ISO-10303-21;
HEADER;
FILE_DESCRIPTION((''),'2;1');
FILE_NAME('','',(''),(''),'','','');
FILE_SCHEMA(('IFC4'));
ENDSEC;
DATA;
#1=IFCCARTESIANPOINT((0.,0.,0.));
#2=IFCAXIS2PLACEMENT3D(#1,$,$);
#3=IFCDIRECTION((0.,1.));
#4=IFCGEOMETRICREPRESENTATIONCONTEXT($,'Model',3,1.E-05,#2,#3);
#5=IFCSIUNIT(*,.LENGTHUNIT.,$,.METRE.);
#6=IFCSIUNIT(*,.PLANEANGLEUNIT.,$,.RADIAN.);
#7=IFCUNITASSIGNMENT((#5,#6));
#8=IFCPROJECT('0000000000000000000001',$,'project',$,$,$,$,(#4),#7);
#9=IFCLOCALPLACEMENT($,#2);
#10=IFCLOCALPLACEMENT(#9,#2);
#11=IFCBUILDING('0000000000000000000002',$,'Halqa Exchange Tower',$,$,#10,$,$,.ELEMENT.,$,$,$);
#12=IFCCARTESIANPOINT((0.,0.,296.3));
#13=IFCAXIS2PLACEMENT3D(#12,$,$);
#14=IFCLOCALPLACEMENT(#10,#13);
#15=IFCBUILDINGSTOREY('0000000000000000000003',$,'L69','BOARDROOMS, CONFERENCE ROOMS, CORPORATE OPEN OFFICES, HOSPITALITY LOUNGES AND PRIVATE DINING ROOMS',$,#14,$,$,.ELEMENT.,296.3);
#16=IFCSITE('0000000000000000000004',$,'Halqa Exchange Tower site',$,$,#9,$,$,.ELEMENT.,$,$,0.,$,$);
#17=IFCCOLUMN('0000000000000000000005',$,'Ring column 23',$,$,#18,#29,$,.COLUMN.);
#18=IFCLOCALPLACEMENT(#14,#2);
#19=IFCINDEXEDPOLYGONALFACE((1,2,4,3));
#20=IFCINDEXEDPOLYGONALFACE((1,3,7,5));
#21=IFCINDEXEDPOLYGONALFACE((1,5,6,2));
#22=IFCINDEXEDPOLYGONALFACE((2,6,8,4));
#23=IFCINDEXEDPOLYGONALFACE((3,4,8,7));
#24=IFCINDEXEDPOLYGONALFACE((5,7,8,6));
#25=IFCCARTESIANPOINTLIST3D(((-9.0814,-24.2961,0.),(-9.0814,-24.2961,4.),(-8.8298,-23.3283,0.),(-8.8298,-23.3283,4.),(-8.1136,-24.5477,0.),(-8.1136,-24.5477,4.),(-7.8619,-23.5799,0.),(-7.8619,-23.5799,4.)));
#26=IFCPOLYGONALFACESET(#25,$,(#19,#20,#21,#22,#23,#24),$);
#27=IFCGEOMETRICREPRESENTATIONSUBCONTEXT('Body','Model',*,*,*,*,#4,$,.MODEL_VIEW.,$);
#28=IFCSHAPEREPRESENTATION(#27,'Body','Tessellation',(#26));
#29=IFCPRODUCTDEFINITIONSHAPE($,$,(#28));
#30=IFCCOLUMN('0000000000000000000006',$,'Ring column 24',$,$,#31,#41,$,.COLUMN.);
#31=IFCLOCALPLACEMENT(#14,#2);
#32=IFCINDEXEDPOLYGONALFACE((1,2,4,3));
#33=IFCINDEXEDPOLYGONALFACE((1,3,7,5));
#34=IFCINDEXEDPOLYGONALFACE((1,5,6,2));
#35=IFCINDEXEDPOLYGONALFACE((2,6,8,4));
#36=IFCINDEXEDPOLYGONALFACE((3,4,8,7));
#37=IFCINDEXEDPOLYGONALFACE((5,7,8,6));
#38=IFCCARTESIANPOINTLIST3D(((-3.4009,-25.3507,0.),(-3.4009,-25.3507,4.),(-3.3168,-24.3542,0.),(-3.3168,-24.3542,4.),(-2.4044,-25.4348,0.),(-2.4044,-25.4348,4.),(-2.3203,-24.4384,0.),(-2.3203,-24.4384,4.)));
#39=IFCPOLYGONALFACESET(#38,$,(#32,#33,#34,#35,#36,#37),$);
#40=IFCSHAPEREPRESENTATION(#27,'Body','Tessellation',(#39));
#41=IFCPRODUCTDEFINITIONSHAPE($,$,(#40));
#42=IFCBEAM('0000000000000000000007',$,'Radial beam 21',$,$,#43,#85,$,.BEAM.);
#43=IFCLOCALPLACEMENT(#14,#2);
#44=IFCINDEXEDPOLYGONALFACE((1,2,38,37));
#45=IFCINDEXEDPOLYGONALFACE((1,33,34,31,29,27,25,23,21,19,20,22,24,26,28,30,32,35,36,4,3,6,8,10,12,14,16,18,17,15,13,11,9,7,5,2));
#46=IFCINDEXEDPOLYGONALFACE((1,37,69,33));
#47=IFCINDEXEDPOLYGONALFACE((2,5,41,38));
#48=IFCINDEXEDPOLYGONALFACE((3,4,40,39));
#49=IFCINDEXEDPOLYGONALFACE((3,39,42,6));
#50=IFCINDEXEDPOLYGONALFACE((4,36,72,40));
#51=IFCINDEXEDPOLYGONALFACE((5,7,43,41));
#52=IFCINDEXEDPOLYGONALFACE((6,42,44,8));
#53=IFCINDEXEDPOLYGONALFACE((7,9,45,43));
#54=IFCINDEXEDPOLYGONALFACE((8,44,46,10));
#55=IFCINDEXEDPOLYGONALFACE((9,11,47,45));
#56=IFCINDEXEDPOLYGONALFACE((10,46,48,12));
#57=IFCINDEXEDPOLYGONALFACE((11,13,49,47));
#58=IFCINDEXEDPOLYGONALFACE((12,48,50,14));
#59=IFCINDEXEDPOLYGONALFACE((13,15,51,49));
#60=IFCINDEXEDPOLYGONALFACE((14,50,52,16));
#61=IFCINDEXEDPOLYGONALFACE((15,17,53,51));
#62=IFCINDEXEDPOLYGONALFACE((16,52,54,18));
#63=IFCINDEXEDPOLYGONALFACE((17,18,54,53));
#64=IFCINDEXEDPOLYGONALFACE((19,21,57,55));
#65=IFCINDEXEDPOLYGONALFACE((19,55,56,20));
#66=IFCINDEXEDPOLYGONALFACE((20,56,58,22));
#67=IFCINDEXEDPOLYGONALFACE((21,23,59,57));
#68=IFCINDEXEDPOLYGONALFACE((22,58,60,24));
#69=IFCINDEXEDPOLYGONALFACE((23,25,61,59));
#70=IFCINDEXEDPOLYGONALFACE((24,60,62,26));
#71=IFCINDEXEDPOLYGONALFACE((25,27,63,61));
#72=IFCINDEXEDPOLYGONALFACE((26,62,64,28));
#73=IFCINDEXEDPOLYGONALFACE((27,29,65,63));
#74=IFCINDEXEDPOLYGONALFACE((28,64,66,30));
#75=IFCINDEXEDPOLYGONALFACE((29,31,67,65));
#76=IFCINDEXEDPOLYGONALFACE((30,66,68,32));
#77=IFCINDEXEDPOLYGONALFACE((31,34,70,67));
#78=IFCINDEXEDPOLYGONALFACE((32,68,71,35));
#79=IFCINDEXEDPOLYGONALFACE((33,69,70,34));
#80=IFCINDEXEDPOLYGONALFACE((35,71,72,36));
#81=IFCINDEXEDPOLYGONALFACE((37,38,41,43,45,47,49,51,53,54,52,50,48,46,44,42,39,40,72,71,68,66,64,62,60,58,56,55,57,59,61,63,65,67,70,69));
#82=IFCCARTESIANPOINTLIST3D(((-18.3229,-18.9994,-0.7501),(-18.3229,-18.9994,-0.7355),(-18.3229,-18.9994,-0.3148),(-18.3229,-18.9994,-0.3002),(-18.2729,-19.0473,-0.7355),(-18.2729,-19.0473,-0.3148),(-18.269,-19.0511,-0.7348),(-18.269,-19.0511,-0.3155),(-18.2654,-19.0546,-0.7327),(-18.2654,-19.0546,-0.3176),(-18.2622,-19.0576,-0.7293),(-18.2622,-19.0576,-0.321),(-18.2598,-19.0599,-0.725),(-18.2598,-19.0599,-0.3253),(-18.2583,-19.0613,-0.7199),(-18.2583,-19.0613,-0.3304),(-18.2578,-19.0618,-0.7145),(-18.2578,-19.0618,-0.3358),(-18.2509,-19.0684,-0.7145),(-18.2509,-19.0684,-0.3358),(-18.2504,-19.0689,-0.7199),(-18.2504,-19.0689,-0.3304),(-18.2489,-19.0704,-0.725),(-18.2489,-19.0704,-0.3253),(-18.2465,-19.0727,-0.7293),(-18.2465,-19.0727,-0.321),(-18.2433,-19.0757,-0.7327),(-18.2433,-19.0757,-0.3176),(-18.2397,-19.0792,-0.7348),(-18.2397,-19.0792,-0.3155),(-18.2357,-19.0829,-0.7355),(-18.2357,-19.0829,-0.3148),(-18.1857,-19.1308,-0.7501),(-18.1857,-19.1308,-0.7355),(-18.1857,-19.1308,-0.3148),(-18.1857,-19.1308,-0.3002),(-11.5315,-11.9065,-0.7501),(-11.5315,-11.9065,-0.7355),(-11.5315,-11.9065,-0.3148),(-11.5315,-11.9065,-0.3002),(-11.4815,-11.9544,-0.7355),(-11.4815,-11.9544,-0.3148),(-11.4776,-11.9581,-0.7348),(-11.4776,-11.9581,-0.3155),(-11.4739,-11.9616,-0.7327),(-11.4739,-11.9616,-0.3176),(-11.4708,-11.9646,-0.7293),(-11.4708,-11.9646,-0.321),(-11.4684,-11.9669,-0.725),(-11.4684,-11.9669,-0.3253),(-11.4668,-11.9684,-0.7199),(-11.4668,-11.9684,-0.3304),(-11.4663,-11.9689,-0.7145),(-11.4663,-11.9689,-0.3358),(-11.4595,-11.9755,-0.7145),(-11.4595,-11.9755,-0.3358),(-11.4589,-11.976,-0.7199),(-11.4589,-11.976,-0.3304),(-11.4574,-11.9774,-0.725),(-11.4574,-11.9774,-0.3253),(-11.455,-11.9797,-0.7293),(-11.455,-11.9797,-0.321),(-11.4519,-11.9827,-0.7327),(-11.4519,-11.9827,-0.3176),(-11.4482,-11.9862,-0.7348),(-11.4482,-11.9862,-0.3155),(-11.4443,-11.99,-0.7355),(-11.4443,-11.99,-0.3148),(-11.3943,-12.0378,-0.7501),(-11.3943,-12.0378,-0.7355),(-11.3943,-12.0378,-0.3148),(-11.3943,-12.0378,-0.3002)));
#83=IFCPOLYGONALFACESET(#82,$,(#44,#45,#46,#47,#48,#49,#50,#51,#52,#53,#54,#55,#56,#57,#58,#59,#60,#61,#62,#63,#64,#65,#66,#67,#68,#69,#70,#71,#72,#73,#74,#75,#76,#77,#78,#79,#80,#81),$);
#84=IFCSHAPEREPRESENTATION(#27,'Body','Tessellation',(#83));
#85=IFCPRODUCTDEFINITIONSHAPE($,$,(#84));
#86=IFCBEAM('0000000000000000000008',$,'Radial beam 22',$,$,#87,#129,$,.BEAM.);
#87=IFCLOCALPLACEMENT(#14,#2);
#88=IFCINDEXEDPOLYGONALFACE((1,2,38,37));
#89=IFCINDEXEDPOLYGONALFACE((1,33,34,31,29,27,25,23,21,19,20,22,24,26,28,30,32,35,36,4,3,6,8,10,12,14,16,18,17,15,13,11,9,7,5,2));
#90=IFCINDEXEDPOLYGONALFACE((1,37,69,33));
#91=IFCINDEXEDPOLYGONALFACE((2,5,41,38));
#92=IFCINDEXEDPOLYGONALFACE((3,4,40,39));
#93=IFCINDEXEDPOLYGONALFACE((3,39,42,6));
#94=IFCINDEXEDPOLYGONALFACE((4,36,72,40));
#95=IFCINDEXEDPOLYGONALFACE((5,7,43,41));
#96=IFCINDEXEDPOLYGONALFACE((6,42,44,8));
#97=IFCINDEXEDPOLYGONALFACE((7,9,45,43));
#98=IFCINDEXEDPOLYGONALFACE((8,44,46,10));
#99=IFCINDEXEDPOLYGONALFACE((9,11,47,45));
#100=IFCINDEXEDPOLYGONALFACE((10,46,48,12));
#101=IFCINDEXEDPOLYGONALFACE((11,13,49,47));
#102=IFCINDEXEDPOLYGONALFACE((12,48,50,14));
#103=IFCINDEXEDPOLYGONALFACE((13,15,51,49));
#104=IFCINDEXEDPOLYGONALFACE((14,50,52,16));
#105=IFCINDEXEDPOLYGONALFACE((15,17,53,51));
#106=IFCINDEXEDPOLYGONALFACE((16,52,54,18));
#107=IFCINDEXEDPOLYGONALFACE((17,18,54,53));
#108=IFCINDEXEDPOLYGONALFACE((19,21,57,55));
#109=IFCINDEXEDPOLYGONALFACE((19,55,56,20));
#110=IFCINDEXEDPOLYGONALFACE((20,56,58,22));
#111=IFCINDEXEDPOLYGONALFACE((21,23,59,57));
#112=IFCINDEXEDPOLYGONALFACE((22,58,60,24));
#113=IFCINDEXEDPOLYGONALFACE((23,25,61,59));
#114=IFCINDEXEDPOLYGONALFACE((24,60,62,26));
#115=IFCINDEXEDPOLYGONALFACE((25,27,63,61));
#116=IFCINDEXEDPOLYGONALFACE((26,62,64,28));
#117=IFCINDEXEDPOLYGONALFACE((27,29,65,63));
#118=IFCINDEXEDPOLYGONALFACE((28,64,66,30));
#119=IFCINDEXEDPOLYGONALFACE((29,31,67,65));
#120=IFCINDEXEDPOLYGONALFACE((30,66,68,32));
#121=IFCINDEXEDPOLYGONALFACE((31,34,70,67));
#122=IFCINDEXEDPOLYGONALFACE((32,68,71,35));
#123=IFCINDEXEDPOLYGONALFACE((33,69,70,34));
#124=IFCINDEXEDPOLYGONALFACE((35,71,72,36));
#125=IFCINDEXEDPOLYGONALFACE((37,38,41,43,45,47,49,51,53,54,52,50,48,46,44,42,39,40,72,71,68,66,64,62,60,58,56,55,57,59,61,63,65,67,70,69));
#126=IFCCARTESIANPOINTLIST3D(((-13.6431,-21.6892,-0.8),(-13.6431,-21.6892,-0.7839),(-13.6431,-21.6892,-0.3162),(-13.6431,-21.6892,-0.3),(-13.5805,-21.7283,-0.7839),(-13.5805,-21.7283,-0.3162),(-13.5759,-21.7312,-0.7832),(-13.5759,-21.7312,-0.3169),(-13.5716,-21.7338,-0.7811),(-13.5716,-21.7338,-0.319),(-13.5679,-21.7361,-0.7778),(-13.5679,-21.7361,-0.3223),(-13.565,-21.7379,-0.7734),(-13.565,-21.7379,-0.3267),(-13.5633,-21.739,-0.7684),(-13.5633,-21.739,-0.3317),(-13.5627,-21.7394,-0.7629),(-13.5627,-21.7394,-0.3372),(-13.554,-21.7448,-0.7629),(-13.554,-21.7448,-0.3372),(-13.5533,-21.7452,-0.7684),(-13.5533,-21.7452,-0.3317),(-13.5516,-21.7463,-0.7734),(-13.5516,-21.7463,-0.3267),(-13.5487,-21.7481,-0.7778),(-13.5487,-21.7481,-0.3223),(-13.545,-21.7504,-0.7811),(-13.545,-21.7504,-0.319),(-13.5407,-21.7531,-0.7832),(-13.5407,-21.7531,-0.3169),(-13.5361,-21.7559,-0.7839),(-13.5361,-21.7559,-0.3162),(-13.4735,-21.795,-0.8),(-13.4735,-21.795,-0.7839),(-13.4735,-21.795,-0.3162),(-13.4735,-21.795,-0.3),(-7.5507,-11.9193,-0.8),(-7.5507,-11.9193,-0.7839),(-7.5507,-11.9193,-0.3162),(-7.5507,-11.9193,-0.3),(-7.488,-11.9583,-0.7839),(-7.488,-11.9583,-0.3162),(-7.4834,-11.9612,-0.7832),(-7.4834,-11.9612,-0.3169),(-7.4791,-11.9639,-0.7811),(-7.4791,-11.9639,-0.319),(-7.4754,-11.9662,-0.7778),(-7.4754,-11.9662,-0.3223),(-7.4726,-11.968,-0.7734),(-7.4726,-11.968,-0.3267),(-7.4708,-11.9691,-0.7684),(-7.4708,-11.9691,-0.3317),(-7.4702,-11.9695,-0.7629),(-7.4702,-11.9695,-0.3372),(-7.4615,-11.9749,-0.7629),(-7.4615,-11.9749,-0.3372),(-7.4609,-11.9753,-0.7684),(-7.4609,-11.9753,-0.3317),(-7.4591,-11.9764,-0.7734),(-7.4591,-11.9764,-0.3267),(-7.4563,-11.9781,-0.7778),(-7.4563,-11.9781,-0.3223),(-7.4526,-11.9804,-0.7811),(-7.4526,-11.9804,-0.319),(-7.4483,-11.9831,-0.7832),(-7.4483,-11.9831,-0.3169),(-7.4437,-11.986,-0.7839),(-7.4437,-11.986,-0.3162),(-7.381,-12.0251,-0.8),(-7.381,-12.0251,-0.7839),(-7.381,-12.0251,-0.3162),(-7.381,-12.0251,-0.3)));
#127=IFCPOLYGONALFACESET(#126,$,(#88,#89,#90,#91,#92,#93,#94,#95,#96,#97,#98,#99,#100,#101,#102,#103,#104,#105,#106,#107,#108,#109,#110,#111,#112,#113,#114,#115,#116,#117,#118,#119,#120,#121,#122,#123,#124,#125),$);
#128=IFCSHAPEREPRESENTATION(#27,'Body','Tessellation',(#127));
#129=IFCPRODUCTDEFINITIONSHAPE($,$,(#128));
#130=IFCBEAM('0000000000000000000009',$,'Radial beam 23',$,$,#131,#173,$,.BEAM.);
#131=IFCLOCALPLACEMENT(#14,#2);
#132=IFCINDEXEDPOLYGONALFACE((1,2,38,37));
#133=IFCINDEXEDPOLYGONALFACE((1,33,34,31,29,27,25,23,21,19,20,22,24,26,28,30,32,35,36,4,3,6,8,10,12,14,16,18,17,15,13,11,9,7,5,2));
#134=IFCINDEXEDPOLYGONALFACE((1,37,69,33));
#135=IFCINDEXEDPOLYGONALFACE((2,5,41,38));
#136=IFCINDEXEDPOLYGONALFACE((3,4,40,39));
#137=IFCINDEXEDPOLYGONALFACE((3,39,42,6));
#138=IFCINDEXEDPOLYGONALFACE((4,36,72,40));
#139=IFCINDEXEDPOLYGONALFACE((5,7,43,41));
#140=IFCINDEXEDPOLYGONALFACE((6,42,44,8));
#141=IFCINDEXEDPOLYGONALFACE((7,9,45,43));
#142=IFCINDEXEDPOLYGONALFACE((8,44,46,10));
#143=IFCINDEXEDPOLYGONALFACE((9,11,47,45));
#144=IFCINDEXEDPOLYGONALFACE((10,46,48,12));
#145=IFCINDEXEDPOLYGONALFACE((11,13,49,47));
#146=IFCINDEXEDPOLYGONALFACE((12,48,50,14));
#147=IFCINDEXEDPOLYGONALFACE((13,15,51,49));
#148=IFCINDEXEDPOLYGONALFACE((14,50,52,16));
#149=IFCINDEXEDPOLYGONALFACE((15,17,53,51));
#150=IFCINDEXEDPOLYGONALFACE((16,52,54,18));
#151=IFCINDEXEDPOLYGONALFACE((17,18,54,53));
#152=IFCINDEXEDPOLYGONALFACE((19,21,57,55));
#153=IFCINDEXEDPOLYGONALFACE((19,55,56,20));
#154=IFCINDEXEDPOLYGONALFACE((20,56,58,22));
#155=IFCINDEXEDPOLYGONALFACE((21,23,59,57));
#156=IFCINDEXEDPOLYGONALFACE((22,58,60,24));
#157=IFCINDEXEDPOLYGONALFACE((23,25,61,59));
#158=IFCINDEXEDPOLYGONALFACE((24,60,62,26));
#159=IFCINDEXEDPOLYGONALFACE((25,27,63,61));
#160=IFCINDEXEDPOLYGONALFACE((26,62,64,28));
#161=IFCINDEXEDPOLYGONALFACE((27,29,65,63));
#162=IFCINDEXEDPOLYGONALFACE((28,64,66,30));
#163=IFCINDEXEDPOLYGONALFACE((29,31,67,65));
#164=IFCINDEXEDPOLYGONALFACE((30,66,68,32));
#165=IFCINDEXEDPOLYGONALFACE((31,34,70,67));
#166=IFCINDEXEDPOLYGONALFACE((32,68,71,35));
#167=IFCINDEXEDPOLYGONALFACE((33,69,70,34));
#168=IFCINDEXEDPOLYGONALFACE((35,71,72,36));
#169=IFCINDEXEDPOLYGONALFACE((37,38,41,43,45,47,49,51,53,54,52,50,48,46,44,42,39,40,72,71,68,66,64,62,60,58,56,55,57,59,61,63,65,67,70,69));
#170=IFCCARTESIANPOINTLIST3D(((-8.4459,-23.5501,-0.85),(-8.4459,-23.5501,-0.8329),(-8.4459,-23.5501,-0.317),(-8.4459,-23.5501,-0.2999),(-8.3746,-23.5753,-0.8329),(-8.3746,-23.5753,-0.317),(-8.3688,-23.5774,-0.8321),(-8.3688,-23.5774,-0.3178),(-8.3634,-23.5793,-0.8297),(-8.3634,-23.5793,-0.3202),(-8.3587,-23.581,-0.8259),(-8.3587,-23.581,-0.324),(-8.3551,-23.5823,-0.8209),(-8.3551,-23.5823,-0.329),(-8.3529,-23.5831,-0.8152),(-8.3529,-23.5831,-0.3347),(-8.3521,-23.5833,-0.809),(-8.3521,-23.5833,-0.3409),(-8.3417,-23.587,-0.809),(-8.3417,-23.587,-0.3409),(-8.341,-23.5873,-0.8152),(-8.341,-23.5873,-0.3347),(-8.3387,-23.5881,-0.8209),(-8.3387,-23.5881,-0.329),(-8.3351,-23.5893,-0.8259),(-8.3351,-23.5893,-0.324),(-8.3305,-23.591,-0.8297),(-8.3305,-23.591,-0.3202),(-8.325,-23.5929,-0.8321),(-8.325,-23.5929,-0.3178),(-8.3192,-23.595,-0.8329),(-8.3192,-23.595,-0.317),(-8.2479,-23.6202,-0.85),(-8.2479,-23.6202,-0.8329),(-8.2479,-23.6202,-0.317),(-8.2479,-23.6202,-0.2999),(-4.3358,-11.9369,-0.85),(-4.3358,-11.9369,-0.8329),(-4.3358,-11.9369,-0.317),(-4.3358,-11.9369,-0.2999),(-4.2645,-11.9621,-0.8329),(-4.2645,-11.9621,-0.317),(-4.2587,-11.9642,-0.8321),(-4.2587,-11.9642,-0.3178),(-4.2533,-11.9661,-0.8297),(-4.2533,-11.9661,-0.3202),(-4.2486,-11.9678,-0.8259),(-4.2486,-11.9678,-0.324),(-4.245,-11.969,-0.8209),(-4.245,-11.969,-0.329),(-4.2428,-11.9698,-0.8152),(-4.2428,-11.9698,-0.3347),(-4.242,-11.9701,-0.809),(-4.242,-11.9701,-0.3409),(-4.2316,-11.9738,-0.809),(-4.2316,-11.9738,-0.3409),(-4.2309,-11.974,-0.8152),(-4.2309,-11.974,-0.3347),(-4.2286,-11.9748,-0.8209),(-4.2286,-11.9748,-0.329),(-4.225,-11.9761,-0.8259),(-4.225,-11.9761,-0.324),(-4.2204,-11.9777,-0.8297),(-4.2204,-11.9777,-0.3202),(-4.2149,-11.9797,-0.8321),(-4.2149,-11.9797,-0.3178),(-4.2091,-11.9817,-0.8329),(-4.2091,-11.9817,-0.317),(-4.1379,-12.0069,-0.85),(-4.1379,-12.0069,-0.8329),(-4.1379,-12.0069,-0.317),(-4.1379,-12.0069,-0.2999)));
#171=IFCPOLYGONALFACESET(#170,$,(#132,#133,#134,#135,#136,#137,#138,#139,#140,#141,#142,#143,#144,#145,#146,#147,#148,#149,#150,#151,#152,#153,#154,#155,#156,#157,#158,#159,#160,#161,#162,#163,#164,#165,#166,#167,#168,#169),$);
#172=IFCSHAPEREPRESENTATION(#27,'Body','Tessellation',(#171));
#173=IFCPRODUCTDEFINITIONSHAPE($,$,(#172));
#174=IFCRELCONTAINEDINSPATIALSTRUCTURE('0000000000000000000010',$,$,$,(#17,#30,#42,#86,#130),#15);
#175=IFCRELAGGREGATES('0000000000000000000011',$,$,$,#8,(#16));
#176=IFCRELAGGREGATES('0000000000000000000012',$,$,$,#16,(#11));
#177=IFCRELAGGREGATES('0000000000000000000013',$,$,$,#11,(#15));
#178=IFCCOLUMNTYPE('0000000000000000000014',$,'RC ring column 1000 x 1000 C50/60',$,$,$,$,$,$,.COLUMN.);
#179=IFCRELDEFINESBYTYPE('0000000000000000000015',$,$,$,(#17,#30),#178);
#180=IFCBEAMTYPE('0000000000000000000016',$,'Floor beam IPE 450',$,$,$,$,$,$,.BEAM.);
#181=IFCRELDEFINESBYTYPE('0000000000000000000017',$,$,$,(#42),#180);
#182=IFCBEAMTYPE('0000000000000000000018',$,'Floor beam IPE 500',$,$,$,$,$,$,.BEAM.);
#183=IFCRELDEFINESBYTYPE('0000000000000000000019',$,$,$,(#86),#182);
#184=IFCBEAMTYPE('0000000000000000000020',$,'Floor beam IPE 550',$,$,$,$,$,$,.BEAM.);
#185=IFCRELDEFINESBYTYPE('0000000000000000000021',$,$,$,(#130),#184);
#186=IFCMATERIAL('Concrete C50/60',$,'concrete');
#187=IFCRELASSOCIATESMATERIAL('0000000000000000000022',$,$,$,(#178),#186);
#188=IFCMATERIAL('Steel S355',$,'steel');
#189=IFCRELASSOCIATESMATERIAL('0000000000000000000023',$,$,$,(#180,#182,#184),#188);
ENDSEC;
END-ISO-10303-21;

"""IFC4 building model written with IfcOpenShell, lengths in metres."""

from ifc_helpers import new_model, si_unit, direction, frame, origin, origin_2d, place, context, subcontext, project, spatial, rectangle, i_section, extrude, material, material_profile, profile_set, type_object, element, save


model = new_model("IFC4")

# Units and contexts
model_context = context("Model", 3, precision=1e-05, world=origin(), true_north=direction((0.0, 1.0)))
body_context = subcontext(model_context, "Body", "Model", "MODEL_VIEW")
ifc_project = project(units=[si_unit("LENGTHUNIT", "METRE"), si_unit("PLANEANGLEUNIT", "RADIAN")], contexts=[model_context])

# Site, building, storey
site_placement = place(None, origin())
site = spatial("IfcSite", under=ifc_project, at=site_placement, Name="Halqa Exchange Tower site", CompositionType="ELEMENT", RefElevation=0.0)
building_placement = place(site_placement, origin())
building = spatial("IfcBuilding", under=site, at=building_placement, Name="Halqa Exchange Tower", CompositionType="ELEMENT")
storey_placement = place(building_placement, frame((0.0, 0.0, 296.3)))
storey = spatial("IfcBuildingStorey", under=building, at=storey_placement, Name="L69", Description="BOARDROOMS, CONFERENCE ROOMS, CORPORATE OPEN OFFICES, HOSPITALITY LOUNGES AND PRIVATE DINING ROOMS", CompositionType="ELEMENT", Elevation=296.3)

# Columns
ifc_material_1 = material(Name="Concrete C50/60", Category="concrete")
ifc_material_profile_1 = material_profile(ifc_material_1, rectangle(XDim=1.0, YDim=1.0, at=origin_2d()), Name="1000 x 1000")
ifc_profile_set_1 = profile_set([ifc_material_profile_1], Name="Concrete C50/60")
column_type = type_object("IfcColumnType", Name="RC ring column 1000 x 1000 C50/60", PredefinedType="COLUMN", material=ifc_profile_set_1)
for number, where, z_axis, x_axis, name in (
    (1, (-8.4717, -23.938, 0.0), (0.0, 0.0, 1.0), (0.967821, -0.251639, 0.0), "Ring column 23"),
    (2, (-2.8606, -24.8945, 0.0), (0.0, 0.0, 1.0), (0.996456, -0.084114, 0.0), "Ring column 24"),
):
    element("IfcColumn", number, at=place(storey_placement, frame(where, z_axis=z_axis, x_axis=x_axis)), inside=storey, type_object=column_type, Name=name, PredefinedType="COLUMN", context=body_context, shape_type="SweptSolid", body=[
        extrude(rectangle(XDim=1.0, YDim=1.0, at=origin_2d()), origin(), (0.0, 0.0, 1.0), 4.0),
    ])

# Beams
ifc_material_2 = material(Name="Steel S355", Category="steel")
ifc_material_profile_2 = material_profile(ifc_material_2, i_section(OverallWidth=0.1899, OverallDepth=0.45, WebThickness=0.0095, FlangeThickness=0.0146, FilletRadius=0.021, at=origin_2d()), Name="IPE 450")
ifc_profile_set_2 = profile_set([ifc_material_profile_2], Name="Steel S355")
beam_type_1 = type_object("IfcBeamType", Name="Floor beam IPE 450", PredefinedType="BEAM", material=ifc_profile_set_2)
beam_1_placement = place(storey_placement, frame((-11.4629, -11.9722, -0.5251), z_axis=(-0.691588, -0.722292, 0.0), x_axis=(0.722292, -0.691588, 0.0)))
element("IfcBeam", 3, at=beam_1_placement, inside=storey, type_object=beam_type_1, Name="Radial beam 21", PredefinedType="BEAM", context=body_context, shape_type="SweptSolid", body=[
    extrude(i_section(OverallWidth=0.1899, OverallDepth=0.45, WebThickness=0.0095, FlangeThickness=0.0146, FilletRadius=0.021, at=origin_2d()), origin(), (0.0, 0.0, 1.0), 9.8201),
])
ifc_material_profile_3 = material_profile(ifc_material_2, i_section(OverallWidth=0.2, OverallDepth=0.5, WebThickness=0.0103, FlangeThickness=0.0161, FilletRadius=0.021, at=origin_2d()), Name="IPE 500")
ifc_profile_set_3 = profile_set([ifc_material_profile_3], Name="Steel S355")
beam_type_2 = type_object("IfcBeamType", Name="Floor beam IPE 500", PredefinedType="BEAM", material=ifc_profile_set_3)
beam_2_placement = place(storey_placement, frame((-7.4658, -11.9722, -0.55), z_axis=(-0.529141, -0.848534, 0.0), x_axis=(0.848534, -0.529141, 0.0)))
element("IfcBeam", 4, at=beam_2_placement, inside=storey, type_object=beam_type_2, Name="Radial beam 22", PredefinedType="BEAM", context=body_context, shape_type="SweptSolid", body=[
    extrude(i_section(OverallWidth=0.2, OverallDepth=0.5, WebThickness=0.0103, FlangeThickness=0.0161, FilletRadius=0.021, at=origin_2d()), origin(), (0.0, 0.0, 1.0), 11.5139),
])
ifc_material_profile_4 = material_profile(ifc_material_2, i_section(OverallWidth=0.21, OverallDepth=0.55, WebThickness=0.011, FlangeThickness=0.0171, FilletRadius=0.0239, at=origin_2d()), Name="IPE 550")
ifc_profile_set_4 = profile_set([ifc_material_profile_4], Name="Steel S355")
beam_type_3 = type_object("IfcBeamType", Name="Floor beam IPE 550", PredefinedType="BEAM", material=ifc_profile_set_4)
beam_3_placement = place(storey_placement, frame((-4.2368, -11.9719, -0.575), z_axis=(-0.333636, -0.942702, 0.0), x_axis=(0.942702, -0.333636, 0.0)))
element("IfcBeam", 5, at=beam_3_placement, inside=storey, type_object=beam_type_3, Name="Radial beam 23", PredefinedType="BEAM", context=body_context, shape_type="SweptSolid", body=[
    extrude(i_section(OverallWidth=0.21, OverallDepth=0.55, WebThickness=0.011, FlangeThickness=0.0171, FilletRadius=0.0239, at=origin_2d()), origin(), (0.0, 0.0, 1.0), 12.3191),
])

save(model, "model.ifc")
